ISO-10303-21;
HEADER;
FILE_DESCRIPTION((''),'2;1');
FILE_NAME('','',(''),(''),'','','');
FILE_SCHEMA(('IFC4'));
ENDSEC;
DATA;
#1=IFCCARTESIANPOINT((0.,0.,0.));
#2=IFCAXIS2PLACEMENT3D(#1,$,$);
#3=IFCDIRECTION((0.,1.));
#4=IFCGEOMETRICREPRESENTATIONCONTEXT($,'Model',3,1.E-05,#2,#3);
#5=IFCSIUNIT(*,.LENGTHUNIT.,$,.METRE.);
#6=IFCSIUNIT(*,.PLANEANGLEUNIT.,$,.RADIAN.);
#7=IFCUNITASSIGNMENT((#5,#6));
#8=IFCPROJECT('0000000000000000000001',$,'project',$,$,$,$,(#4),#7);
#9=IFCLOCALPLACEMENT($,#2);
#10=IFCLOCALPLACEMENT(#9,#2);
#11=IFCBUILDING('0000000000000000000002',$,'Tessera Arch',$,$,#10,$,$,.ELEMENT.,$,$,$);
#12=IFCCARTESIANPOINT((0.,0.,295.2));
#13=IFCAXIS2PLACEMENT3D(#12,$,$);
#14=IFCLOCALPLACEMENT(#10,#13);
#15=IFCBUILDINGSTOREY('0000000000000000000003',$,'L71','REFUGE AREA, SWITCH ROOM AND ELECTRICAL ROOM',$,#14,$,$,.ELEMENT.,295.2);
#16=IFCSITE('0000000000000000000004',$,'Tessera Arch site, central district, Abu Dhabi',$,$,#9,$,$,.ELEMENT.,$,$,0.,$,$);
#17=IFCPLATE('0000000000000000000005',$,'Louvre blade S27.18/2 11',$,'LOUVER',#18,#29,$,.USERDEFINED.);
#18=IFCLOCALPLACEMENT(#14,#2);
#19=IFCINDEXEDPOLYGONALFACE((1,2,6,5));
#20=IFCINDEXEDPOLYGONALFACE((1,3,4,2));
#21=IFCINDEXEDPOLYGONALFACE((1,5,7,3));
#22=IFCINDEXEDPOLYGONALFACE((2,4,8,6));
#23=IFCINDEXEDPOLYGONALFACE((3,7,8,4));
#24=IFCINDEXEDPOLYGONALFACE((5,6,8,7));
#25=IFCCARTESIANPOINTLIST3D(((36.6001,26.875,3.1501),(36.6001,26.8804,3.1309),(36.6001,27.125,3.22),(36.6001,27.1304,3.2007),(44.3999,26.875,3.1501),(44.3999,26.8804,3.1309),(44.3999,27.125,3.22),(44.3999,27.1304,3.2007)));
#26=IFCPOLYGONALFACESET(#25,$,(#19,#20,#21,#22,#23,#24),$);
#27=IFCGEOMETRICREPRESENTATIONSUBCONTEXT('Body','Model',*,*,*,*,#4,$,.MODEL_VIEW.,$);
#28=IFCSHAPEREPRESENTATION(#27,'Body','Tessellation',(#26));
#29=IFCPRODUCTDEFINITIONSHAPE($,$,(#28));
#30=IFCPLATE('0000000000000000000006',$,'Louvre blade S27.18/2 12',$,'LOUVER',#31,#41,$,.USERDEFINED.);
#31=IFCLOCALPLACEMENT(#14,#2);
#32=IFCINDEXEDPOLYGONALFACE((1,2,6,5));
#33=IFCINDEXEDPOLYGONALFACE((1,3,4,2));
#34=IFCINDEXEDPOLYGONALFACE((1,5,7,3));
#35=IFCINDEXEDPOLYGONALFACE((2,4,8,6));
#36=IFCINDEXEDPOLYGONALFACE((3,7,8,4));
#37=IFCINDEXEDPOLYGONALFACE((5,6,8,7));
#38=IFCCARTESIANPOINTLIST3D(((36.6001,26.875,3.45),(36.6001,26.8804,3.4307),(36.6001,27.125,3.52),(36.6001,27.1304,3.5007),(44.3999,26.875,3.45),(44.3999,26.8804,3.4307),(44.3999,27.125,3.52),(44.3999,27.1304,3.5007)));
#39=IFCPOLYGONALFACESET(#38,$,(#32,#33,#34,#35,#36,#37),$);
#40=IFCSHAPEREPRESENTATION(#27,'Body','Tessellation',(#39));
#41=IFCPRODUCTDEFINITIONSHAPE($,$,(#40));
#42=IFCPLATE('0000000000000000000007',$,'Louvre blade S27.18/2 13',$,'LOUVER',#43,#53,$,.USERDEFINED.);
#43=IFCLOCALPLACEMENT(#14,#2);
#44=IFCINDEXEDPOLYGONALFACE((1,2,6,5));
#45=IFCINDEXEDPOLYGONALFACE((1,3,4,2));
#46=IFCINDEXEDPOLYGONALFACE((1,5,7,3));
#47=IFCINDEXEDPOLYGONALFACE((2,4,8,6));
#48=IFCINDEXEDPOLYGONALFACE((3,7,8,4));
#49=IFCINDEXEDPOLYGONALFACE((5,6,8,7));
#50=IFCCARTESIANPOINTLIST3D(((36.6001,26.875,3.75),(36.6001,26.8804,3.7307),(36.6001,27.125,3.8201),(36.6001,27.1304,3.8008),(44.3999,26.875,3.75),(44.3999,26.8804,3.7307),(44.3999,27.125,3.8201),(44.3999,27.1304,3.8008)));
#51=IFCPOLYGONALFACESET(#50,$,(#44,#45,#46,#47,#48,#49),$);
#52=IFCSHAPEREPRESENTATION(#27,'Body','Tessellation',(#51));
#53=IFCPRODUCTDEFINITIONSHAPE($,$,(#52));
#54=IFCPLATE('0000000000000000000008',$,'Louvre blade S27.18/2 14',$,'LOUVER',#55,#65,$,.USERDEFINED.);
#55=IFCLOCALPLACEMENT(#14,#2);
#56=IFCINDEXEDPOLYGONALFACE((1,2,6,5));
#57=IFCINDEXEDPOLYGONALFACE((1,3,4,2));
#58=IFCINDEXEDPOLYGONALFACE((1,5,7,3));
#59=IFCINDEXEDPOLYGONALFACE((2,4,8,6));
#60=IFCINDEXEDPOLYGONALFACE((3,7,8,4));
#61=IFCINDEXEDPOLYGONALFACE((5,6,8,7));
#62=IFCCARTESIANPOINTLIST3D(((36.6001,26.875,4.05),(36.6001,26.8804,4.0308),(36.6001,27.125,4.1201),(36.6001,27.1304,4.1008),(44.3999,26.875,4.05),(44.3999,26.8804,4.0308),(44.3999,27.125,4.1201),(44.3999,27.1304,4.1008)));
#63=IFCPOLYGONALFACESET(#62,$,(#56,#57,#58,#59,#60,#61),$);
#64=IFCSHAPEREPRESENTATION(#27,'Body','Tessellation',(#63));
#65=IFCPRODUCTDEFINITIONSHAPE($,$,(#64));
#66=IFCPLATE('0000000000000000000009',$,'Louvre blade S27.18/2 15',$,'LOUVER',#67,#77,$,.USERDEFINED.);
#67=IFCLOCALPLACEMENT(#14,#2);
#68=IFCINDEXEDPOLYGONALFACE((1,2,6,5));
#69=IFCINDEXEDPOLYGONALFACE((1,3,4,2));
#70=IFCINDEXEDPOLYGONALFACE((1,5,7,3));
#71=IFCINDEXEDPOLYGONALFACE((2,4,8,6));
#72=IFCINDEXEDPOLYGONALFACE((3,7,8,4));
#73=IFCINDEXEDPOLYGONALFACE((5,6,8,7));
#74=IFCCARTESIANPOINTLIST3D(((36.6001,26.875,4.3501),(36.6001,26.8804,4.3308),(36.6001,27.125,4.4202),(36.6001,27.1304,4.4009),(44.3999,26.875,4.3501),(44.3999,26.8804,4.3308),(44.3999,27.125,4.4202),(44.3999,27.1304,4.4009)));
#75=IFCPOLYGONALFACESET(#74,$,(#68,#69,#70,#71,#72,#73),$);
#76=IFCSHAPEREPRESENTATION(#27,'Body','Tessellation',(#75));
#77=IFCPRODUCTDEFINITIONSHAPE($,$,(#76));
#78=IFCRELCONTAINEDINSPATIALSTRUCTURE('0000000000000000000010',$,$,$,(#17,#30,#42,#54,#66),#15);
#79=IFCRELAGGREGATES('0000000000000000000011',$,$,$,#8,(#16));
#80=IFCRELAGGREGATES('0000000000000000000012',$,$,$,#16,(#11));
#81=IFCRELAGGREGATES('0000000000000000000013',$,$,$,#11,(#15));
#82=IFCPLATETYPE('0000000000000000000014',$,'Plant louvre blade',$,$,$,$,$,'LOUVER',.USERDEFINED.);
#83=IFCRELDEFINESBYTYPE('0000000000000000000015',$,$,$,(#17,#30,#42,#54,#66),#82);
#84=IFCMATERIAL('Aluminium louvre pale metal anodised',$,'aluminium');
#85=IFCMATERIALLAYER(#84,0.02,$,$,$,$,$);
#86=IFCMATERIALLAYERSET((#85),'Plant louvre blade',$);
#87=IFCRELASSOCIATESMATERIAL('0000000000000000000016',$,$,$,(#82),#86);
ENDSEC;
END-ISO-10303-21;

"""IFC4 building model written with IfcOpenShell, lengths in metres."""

from ifc_helpers import new_model, si_unit, direction, frame, origin, place, context, subcontext, project, spatial, polyline, outline, extrude, material, layer, layer_set, type_object, element, save


model = new_model("IFC4")

# Units and contexts
model_context = context("Model", 3, precision=1e-05, world=origin(), true_north=direction((0.0, 1.0)))
body_context = subcontext(model_context, "Body", "Model", "MODEL_VIEW")
ifc_project = project(units=[si_unit("LENGTHUNIT", "METRE"), si_unit("PLANEANGLEUNIT", "RADIAN")], contexts=[model_context])

# Site, building, storey
site_placement = place(None, origin())
site = spatial("IfcSite", under=ifc_project, at=site_placement, Name="Tessera Arch site, central district, Abu Dhabi", CompositionType="ELEMENT", RefElevation=0.0)
building_placement = place(site_placement, origin())
building = spatial("IfcBuilding", under=site, at=building_placement, Name="Tessera Arch", CompositionType="ELEMENT")
storey_placement = place(building_placement, frame((0.0, 0.0, 295.2)))
storey = spatial("IfcBuildingStorey", under=building, at=storey_placement, Name="L71", Description="REFUGE AREA, SWITCH ROOM AND ELECTRICAL ROOM", CompositionType="ELEMENT", Elevation=295.2)

# Plates
ifc_material_1 = material(Name="Aluminium louvre pale metal anodised", Category="aluminium")
ifc_layer_1 = layer(ifc_material_1, 0.02)
ifc_layer_set_1 = layer_set([ifc_layer_1], Name="Plant louvre blade")
plate_type_1 = type_object("IfcPlateType", Name="Plant louvre blade", ElementType="LOUVER", PredefinedType="USERDEFINED", material=ifc_layer_set_1)
plate_1_placement = place(storey_placement, frame((36.6001, 26.875, 3.1501), z_axis=(0.0, -0.269002, 0.96314), x_axis=(1.0, 0.0, 0.0)))
element("IfcPlate", 1, at=plate_1_placement, inside=storey, type_object=plate_type_1, Name="Louvre blade S27.18/2 11", ObjectType="LOUVER", PredefinedType="USERDEFINED", context=body_context, shape_type="SweptSolid", body=[
    extrude(outline(polyline([(0.0, 0.0), (7.7998, 0.0), (7.7998, 0.2596), (0.0, 0.2596), (0.0, 0.0)])), origin(), (0.0, 0.0, -1.0), 0.02),
])
for number, where, z_axis, x_axis, name in (
    (2, (36.6001, 26.875, 3.45), (0.0, -0.269874, 0.962896), (1.0, 0.0, 0.0), "Louvre blade S27.18/2 12"),
    (3, (36.6001, 26.875, 3.75), (0.0, -0.269874, 0.962896), (1.0, 0.0, 0.0), "Louvre blade S27.18/2 13"),
    (4, (36.6001, 26.875, 4.05), (0.0, -0.269874, 0.962896), (1.0, 0.0, 0.0), "Louvre blade S27.18/2 14"),
    (5, (36.6001, 26.875, 4.3501), (0.0, -0.269874, 0.962896), (1.0, 0.0, 0.0), "Louvre blade S27.18/2 15"),
):
    element("IfcPlate", number, at=place(storey_placement, frame(where, z_axis=z_axis, x_axis=x_axis)), inside=storey, type_object=plate_type_1, Name=name, ObjectType="LOUVER", PredefinedType="USERDEFINED", context=body_context, shape_type="SweptSolid", body=[
        extrude(outline(polyline([(0.0, 0.0), (7.7998, 0.0), (7.7998, 0.2596), (0.0, 0.2596), (0.0, 0.0)])), origin(), (0.0, 0.0, -1.0), 0.02),
    ])

save(model, "model.ifc")
